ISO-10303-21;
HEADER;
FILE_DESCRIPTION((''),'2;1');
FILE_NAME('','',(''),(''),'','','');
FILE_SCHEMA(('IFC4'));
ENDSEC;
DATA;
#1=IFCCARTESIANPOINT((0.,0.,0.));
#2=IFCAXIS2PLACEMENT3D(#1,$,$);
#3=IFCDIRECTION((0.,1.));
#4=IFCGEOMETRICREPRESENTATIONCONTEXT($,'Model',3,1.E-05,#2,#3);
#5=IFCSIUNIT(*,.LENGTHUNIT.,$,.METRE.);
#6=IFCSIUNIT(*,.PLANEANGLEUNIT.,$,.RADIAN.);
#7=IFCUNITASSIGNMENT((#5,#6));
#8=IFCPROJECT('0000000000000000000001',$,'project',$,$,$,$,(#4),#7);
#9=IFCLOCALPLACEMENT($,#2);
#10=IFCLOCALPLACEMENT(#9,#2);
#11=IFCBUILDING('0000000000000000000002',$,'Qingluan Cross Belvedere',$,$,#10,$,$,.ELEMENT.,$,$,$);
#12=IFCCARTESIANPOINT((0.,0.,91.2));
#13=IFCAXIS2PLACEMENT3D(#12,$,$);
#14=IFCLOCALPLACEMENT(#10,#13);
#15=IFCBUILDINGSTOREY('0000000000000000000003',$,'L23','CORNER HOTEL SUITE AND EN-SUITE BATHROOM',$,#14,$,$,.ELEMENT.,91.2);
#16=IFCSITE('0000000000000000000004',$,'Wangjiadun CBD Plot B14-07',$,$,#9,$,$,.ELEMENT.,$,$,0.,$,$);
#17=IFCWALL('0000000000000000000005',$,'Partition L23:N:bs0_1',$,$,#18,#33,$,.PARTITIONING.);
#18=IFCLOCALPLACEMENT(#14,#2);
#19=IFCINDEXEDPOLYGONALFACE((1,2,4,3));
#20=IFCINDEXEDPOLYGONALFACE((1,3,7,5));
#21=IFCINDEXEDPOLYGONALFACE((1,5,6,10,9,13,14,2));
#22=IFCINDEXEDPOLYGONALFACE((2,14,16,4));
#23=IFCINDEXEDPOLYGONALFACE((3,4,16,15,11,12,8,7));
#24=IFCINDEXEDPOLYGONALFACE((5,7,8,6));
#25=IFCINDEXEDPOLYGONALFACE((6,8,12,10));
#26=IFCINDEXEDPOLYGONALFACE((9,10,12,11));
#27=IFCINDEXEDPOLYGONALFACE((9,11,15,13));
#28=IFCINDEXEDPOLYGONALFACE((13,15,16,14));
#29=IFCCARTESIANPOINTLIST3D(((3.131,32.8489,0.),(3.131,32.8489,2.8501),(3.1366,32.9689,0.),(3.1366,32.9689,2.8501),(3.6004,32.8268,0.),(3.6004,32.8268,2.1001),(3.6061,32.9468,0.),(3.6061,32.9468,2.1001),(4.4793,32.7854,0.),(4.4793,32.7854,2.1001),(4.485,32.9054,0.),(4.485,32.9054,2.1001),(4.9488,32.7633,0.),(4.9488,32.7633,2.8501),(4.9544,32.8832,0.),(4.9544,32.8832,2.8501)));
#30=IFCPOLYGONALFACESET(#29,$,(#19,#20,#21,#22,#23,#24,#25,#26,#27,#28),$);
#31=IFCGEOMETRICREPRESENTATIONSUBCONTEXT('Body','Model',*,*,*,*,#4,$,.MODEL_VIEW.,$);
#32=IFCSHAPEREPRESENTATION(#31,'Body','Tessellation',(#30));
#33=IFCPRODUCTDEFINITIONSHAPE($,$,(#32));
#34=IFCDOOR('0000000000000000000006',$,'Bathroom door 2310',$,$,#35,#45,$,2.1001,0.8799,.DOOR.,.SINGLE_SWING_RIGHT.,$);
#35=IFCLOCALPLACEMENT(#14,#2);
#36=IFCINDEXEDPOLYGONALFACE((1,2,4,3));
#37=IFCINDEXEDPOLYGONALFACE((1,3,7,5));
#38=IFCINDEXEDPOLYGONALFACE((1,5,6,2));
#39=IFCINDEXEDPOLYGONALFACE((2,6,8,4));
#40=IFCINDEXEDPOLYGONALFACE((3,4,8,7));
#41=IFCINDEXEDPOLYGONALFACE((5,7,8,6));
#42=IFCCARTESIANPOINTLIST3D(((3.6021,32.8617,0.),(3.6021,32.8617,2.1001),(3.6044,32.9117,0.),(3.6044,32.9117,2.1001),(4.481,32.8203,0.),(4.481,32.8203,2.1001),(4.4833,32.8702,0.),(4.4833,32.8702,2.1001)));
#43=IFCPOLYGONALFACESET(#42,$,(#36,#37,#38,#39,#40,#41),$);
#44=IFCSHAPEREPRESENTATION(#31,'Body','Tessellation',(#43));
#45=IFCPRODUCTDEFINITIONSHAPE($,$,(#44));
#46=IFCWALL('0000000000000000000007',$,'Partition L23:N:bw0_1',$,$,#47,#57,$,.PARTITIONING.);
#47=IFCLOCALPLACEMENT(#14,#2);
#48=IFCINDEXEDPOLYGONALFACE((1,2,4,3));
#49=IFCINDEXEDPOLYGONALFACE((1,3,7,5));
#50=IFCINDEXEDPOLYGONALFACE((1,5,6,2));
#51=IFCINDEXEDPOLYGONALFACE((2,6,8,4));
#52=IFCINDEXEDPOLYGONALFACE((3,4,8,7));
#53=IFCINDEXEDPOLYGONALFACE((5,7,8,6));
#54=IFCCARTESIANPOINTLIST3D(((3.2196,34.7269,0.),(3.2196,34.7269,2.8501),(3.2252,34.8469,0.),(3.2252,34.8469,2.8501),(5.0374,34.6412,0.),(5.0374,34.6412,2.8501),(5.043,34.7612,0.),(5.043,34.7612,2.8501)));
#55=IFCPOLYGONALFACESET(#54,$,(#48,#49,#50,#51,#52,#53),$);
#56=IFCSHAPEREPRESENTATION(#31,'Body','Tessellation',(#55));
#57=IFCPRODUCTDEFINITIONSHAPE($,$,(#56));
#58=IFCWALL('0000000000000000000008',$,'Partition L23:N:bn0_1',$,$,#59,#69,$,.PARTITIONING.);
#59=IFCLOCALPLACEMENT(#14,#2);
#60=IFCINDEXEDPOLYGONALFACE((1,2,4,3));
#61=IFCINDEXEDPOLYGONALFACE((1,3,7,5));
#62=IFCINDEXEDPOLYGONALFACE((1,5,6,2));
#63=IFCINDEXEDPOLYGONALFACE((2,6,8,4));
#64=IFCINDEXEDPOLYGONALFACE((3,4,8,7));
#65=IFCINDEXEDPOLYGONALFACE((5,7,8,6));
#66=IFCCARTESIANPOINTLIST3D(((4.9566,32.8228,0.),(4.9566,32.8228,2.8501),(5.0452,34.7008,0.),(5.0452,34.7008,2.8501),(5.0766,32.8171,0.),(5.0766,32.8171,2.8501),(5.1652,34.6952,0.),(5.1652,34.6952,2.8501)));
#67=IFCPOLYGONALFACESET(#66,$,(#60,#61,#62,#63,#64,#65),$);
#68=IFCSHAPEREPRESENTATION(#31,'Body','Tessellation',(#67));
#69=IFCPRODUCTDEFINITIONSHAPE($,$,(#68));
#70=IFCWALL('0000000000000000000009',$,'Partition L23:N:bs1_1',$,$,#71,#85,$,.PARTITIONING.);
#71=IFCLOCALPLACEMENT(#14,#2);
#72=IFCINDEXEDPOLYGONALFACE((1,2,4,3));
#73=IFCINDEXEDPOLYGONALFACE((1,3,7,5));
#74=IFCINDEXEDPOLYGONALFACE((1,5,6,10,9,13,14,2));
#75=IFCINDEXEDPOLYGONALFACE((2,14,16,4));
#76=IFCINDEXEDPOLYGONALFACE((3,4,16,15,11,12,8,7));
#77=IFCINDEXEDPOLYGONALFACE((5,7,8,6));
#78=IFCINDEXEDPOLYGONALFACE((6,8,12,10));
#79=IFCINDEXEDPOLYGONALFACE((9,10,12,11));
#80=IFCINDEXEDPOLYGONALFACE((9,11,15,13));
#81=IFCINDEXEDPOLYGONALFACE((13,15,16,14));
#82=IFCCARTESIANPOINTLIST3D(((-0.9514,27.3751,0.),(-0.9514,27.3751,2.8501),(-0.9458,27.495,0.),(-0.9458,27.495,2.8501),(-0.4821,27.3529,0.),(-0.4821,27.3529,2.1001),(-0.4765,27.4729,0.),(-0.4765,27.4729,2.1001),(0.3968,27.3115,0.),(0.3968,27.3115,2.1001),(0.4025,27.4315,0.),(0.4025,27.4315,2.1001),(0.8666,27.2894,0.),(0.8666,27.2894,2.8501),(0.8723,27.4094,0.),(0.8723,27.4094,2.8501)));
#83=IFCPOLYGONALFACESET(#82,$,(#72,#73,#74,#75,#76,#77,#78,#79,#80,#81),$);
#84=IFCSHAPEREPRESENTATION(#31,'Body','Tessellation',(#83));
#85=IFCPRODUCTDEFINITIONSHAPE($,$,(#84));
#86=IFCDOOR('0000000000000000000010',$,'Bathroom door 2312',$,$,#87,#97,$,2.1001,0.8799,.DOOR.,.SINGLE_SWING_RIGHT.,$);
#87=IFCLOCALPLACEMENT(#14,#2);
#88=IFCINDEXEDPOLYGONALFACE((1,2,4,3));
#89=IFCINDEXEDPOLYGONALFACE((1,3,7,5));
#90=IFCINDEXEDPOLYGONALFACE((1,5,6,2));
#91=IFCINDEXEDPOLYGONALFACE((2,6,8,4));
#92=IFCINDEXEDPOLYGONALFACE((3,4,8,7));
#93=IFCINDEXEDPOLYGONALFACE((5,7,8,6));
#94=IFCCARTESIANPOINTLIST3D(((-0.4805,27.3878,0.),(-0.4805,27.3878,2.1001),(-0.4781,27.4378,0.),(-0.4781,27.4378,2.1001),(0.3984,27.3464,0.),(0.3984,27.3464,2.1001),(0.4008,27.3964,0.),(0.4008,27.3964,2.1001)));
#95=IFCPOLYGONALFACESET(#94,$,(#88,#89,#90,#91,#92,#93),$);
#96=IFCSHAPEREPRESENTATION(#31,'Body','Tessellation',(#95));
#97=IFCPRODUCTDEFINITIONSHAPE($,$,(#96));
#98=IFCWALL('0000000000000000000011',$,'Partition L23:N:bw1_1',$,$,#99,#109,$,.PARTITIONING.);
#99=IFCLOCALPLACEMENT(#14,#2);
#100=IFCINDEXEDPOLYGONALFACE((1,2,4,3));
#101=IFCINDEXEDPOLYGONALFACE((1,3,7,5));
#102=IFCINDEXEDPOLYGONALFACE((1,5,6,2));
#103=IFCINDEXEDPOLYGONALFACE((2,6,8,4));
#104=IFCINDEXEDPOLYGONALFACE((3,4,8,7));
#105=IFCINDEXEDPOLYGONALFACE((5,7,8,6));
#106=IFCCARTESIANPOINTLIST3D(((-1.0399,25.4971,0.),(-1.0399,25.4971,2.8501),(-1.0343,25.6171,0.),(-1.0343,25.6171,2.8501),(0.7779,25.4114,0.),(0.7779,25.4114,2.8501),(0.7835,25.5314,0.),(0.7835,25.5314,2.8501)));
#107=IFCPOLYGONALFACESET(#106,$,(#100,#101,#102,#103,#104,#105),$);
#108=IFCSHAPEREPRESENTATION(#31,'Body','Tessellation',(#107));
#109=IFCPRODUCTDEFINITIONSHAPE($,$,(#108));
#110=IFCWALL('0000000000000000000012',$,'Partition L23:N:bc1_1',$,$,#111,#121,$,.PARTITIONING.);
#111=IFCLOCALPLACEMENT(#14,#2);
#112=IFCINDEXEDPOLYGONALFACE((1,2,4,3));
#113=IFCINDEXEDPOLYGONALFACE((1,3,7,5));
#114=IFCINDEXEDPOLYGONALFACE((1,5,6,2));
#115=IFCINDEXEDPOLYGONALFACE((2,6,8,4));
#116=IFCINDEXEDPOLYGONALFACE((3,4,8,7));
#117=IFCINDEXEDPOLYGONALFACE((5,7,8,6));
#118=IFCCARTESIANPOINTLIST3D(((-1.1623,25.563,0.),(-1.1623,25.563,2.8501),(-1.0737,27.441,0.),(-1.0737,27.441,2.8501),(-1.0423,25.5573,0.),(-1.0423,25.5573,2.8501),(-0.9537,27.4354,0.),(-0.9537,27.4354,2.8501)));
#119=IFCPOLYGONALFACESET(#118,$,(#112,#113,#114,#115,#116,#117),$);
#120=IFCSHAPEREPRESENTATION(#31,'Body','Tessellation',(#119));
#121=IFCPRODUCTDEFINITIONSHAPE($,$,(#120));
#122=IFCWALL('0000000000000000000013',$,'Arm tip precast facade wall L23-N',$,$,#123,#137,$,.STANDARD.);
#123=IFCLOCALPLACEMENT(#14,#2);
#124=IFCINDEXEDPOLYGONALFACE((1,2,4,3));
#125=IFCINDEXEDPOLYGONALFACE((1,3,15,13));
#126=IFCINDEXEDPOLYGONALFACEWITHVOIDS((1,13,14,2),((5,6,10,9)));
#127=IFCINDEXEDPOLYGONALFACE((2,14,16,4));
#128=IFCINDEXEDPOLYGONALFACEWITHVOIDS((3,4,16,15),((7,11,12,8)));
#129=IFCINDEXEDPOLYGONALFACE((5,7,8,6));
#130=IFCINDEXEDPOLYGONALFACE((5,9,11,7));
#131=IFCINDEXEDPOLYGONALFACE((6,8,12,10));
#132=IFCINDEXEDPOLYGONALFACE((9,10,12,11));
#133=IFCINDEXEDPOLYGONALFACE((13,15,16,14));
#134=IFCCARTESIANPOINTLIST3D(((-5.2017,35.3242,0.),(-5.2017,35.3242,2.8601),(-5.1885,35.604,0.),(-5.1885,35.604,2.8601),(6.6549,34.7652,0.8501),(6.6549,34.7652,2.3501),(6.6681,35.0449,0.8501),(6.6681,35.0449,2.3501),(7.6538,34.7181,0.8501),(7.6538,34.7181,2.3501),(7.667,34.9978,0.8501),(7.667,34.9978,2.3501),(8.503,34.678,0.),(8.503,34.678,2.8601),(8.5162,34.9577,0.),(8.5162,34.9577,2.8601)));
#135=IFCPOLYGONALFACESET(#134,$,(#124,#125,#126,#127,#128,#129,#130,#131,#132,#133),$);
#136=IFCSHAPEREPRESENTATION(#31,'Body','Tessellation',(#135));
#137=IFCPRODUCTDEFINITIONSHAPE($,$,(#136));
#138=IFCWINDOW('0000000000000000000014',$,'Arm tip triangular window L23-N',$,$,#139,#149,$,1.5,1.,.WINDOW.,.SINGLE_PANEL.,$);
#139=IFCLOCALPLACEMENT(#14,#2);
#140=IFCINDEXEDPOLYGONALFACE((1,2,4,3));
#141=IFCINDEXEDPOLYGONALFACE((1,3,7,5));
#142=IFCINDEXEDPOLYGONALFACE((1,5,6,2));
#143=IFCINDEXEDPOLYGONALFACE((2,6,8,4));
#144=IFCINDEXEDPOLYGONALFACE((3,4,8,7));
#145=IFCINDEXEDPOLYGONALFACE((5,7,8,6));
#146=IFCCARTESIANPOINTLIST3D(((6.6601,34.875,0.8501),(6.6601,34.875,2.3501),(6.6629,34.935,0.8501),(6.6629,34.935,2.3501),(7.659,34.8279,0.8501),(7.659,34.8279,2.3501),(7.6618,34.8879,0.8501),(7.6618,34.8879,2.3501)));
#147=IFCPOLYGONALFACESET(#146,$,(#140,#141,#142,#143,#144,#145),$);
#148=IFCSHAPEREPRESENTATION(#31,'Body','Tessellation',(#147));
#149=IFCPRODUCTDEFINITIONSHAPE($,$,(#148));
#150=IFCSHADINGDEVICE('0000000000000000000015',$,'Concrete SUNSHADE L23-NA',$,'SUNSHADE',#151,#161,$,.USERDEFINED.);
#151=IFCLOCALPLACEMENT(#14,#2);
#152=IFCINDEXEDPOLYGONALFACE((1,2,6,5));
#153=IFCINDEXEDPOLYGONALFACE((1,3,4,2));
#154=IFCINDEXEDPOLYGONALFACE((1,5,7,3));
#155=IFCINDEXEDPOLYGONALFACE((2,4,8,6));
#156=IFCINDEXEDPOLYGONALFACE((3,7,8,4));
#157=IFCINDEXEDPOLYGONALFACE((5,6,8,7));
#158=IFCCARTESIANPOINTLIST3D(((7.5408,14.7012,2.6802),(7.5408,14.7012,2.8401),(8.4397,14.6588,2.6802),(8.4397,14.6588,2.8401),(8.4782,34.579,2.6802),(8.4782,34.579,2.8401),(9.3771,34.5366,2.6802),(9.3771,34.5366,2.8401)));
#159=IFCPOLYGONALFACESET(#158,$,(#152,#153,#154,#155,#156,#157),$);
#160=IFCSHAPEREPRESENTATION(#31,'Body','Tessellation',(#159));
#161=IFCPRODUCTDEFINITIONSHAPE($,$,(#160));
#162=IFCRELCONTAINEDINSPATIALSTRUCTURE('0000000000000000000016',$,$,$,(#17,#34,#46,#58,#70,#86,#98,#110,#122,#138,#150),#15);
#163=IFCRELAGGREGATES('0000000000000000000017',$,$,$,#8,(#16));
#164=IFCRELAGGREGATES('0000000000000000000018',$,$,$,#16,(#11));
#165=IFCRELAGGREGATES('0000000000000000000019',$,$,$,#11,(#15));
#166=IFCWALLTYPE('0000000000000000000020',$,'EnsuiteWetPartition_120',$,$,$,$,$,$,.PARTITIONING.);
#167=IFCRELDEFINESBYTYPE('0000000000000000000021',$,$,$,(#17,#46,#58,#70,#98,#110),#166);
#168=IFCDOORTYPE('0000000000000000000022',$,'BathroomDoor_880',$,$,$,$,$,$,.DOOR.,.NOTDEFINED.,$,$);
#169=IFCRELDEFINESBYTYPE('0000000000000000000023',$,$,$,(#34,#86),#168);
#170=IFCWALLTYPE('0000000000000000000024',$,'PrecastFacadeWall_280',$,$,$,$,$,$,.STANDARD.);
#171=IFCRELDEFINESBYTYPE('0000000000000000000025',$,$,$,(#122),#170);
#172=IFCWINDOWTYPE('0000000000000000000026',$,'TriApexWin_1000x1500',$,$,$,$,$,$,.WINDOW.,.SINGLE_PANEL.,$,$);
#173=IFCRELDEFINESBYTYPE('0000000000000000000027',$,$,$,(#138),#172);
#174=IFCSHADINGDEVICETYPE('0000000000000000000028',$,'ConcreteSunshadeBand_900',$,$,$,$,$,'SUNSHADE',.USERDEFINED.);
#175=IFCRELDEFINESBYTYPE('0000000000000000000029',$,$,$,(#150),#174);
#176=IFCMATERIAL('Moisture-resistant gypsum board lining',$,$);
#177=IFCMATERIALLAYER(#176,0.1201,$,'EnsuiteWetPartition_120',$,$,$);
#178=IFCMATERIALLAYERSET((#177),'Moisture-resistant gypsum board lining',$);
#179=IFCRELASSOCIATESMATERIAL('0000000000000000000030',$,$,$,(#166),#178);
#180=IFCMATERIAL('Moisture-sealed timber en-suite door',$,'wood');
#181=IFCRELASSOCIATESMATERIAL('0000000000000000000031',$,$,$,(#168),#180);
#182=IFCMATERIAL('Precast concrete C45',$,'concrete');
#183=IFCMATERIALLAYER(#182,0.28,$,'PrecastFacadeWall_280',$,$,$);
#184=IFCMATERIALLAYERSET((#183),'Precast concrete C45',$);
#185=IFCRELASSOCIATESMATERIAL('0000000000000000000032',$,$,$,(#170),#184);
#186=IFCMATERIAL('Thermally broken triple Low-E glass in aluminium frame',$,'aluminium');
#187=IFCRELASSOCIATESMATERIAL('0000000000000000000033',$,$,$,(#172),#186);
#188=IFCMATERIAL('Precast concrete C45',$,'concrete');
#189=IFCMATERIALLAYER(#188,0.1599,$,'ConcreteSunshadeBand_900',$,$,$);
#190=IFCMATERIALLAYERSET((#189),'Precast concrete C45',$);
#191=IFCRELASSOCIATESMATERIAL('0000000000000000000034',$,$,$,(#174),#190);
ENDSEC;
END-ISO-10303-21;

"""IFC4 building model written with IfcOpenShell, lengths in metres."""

from ifc_helpers import new_model, si_unit, direction, frame, frame_2d, origin, origin_2d, place, context, subcontext, project, spatial, rectangle, extrude, material, layer, layer_set, type_object, element, fill, save


model = new_model("IFC4")

# Units and contexts
model_context = context("Model", 3, precision=1e-05, world=origin(), true_north=direction((0.0, 1.0)))
body_context = subcontext(model_context, "Body", "Model", "MODEL_VIEW")
ifc_project = project(units=[si_unit("LENGTHUNIT", "METRE"), si_unit("PLANEANGLEUNIT", "RADIAN")], contexts=[model_context])

# Site, building, storey
site_placement = place(None, origin())
site = spatial("IfcSite", under=ifc_project, at=site_placement, Name="Wangjiadun CBD Plot B14-07", CompositionType="ELEMENT", RefElevation=0.0)
building_placement = place(site_placement, origin())
building = spatial("IfcBuilding", under=site, at=building_placement, Name="Qingluan Cross Belvedere", CompositionType="ELEMENT")
storey_placement = place(building_placement, frame((0.0, 0.0, 91.2)))
storey = spatial("IfcBuildingStorey", under=building, at=storey_placement, Name="L23", Description="CORNER HOTEL SUITE AND EN-SUITE BATHROOM", CompositionType="ELEMENT", Elevation=91.2)

# Shared definitions
ifc_material_1 = material(Name="Moisture-resistant gypsum board lining")
ifc_layer_1 = layer(ifc_material_1, 0.1201, Name="EnsuiteWetPartition_120")
ifc_layer_set_1 = layer_set([ifc_layer_1], Name="Moisture-resistant gypsum board lining")
wall_type_1 = type_object("IfcWallType", Name="EnsuiteWetPartition_120", PredefinedType="PARTITIONING", material=ifc_layer_set_1)
ifc_material_2 = material(Name="Moisture-sealed timber en-suite door", Category="wood")
door_type_1 = type_object("IfcDoorType", Name="BathroomDoor_880", OperationType="NOTDEFINED", PredefinedType="DOOR", material=ifc_material_2)

# Wall, opening, door
wall_1_placement = place(storey_placement, frame((3.1338, 32.9089, 0.0), z_axis=(0.0, 0.0, 1.0), x_axis=(0.998891, -0.047087, 0.0)))
wall_1 = element("IfcWall", 1, at=wall_1_placement, inside=storey, type_object=wall_type_1, Name="Partition L23:N:bs0_1", PredefinedType="PARTITIONING", context=body_context, shape_type="SweptSolid", body=[
    extrude(rectangle(XDim=1.8198, YDim=0.1201, at=frame_2d((0.9099, 0.0))), origin(), (0.0, 0.0, 1.0), 2.8501),
])
opening_1_placement = place(wall_1_placement, frame((0.47, 0.0, 0.0)))
opening_1 = element("IfcOpeningElement", 2, at=opening_1_placement, cuts=wall_1, PredefinedType="OPENING", context=body_context, shape_type="SweptSolid", body=[
    extrude(rectangle(XDim=0.8799, YDim=2.1001, at=frame_2d((0.4399, 1.05))), frame((0.0, 0.0701, 0.0), z_axis=(0.0, -1.0, 0.0), x_axis=(1.0, 0.0, 0.0)), (0.0, 0.0, 1.0), 0.1401),
])
door_1_placement = place(opening_1_placement, origin())
door_1 = element("IfcDoor", 3, at=door_1_placement, inside=storey, type_object=door_type_1, Name="Bathroom door 2310", OperationType="SINGLE_SWING_RIGHT", OverallHeight=2.1001, OverallWidth=0.8799, PredefinedType="DOOR", context=body_context, shape_type="SweptSolid", body=[
    extrude(rectangle(XDim=0.8799, YDim=2.1001, at=frame_2d((0.4399, 1.05))), frame((0.0, 0.0249, 0.0), z_axis=(0.0, -1.0, 0.0), x_axis=(1.0, 0.0, 0.0)), (0.0, 0.0, 1.0), 0.05),
])
fill(opening_1, door_1)

# Walls
wall_2_placement = place(storey_placement, frame((3.2224, 34.7869, 0.0), z_axis=(0.0, 0.0, 1.0), x_axis=(0.998891, -0.047087, 0.0)))
element("IfcWall", 4, at=wall_2_placement, inside=storey, type_object=wall_type_1, Name="Partition L23:N:bw0_1", PredefinedType="PARTITIONING", context=body_context, shape_type="SweptSolid", body=[
    extrude(rectangle(XDim=1.8198, YDim=0.1201, at=frame_2d((0.9099, 0.0))), origin(), (0.0, 0.0, 1.0), 2.8501),
])
wall_3_placement = place(storey_placement, frame((5.0166, 32.8201, 0.0), z_axis=(0.0, 0.0, 1.0), x_axis=(0.047139, 0.998888, 0.0)))
element("IfcWall", 5, at=wall_3_placement, inside=storey, type_object=wall_type_1, Name="Partition L23:N:bn0_1", PredefinedType="PARTITIONING", context=body_context, shape_type="SweptSolid", body=[
    extrude(rectangle(XDim=1.8801, YDim=0.1201, at=frame_2d((0.9399, 0.0))), origin(), (0.0, 0.0, 1.0), 2.8501),
])

# Wall, opening, door
wall_4_placement = place(storey_placement, frame((-0.9487, 27.4351, 0.0), z_axis=(0.0, 0.0, 1.0), x_axis=(0.998891, -0.047081, 0.0)))
wall_4 = element("IfcWall", 6, at=wall_4_placement, inside=storey, type_object=wall_type_1, Name="Partition L23:N:bs1_1", PredefinedType="PARTITIONING", context=body_context, shape_type="SweptSolid", body=[
    extrude(rectangle(XDim=1.8201, YDim=0.1201, at=frame_2d((0.9102, 0.0))), origin(), (0.0, 0.0, 1.0), 2.8501),
])
opening_2_placement = place(wall_4_placement, frame((0.47, 0.0, 0.0)))
opening_2 = element("IfcOpeningElement", 7, at=opening_2_placement, cuts=wall_4, PredefinedType="OPENING", context=body_context, shape_type="SweptSolid", body=[
    extrude(rectangle(XDim=0.8799, YDim=2.1001, at=frame_2d((0.4399, 1.05))), frame((0.0, 0.0701, 0.0), z_axis=(0.0, -1.0, 0.0), x_axis=(1.0, 0.0, 0.0)), (0.0, 0.0, 1.0), 0.1401),
])
door_2_placement = place(opening_2_placement, origin())
door_2 = element("IfcDoor", 8, at=door_2_placement, inside=storey, type_object=door_type_1, Name="Bathroom door 2312", OperationType="SINGLE_SWING_RIGHT", OverallHeight=2.1001, OverallWidth=0.8799, PredefinedType="DOOR", context=body_context, shape_type="SweptSolid", body=[
    extrude(rectangle(XDim=0.8799, YDim=2.1001, at=frame_2d((0.4399, 1.05))), frame((0.0, 0.0249, 0.0), z_axis=(0.0, -1.0, 0.0), x_axis=(1.0, 0.0, 0.0)), (0.0, 0.0, 1.0), 0.05),
])
fill(opening_2, door_2)

# Walls
wall_5_placement = place(storey_placement, frame((-1.0371, 25.5571, 0.0), z_axis=(0.0, 0.0, 1.0), x_axis=(0.998891, -0.047087, 0.0)))
element("IfcWall", 9, at=wall_5_placement, inside=storey, type_object=wall_type_1, Name="Partition L23:N:bw1_1", PredefinedType="PARTITIONING", context=body_context, shape_type="SweptSolid", body=[
    extrude(rectangle(XDim=1.8198, YDim=0.1201, at=frame_2d((0.9099, 0.0))), origin(), (0.0, 0.0, 1.0), 2.8501),
])
wall_6_placement = place(storey_placement, frame((-1.1023, 25.5603, 0.0), z_axis=(0.0, 0.0, 1.0), x_axis=(0.047139, 0.998888, 0.0)))
element("IfcWall", 10, at=wall_6_placement, inside=storey, type_object=wall_type_1, Name="Partition L23:N:bc1_1", PredefinedType="PARTITIONING", context=body_context, shape_type="SweptSolid", body=[
    extrude(rectangle(XDim=1.8801, YDim=0.1201, at=frame_2d((0.9399, 0.0))), origin(), (0.0, 0.0, 1.0), 2.8501),
])

# Wall, opening, window
ifc_material_3 = material(Name="Precast concrete C45", Category="concrete")
ifc_layer_2 = layer(ifc_material_3, 0.28, Name="PrecastFacadeWall_280")
ifc_layer_set_2 = layer_set([ifc_layer_2], Name="Precast concrete C45")
wall_type_2 = type_object("IfcWallType", Name="PrecastFacadeWall_280", PredefinedType="STANDARD", material=ifc_layer_set_2)
wall_7_placement = place(storey_placement, frame((8.5095, 34.8179, 0.0), z_axis=(0.0, 0.0, 1.0), x_axis=(-0.99889, 0.047102, 0.0)))
wall_7 = element("IfcWall", 11, at=wall_7_placement, inside=storey, type_object=wall_type_2, Name="Arm tip precast facade wall L23-N", PredefinedType="STANDARD", context=body_context, shape_type="SweptSolid", body=[
    extrude(rectangle(XDim=13.72, YDim=0.28, at=frame_2d((6.8599, 0.0))), origin(), (0.0, 0.0, 1.0), 2.8601),
])
opening_3_placement = place(wall_7_placement, frame((0.8501, 0.0, 0.8501)))
opening_3 = element("IfcOpeningElement", 12, at=opening_3_placement, cuts=wall_7, PredefinedType="OPENING", context=body_context, shape_type="SweptSolid", body=[
    extrude(rectangle(XDim=1.0, YDim=1.5, at=frame_2d((0.5, 0.75))), frame((0.0, 0.1499, 0.0), z_axis=(0.0, -1.0, 0.0), x_axis=(1.0, 0.0, 0.0)), (0.0, 0.0, 1.0), 0.3),
])
ifc_material_4 = material(Name="Thermally broken triple Low-E glass in aluminium frame", Category="aluminium")
window_type = type_object("IfcWindowType", Name="TriApexWin_1000x1500", PartitioningType="SINGLE_PANEL", PredefinedType="WINDOW", material=ifc_material_4)
window_placement = place(opening_3_placement, origin())
window = element("IfcWindow", 13, at=window_placement, inside=storey, type_object=window_type, Name="Arm tip triangular window L23-N", OverallHeight=1.5, OverallWidth=1.0, PartitioningType="SINGLE_PANEL", PredefinedType="WINDOW", context=body_context, shape_type="SweptSolid", body=[
    extrude(rectangle(XDim=1.0, YDim=1.5, at=frame_2d((0.5, 0.75))), frame((0.0, 0.03, 0.0), z_axis=(0.0, -1.0, 0.0), x_axis=(1.0, 0.0, 0.0)), (0.0, 0.0, 1.0), 0.0601),
])
fill(opening_3, window)

# Shading device
ifc_material_5 = material(Name="Precast concrete C45", Category="concrete")
ifc_layer_3 = layer(ifc_material_5, 0.1599, Name="ConcreteSunshadeBand_900")
ifc_layer_set_3 = layer_set([ifc_layer_3], Name="Precast concrete C45")
shading_device_type = type_object("IfcShadingDeviceType", Name="ConcreteSunshadeBand_900", ElementType="SUNSHADE", PredefinedType="USERDEFINED", material=ifc_layer_set_3)
shading_device_placement = place(storey_placement, frame((8.459, 24.6189, 2.6802), z_axis=(0.0, 0.0, 1.0), x_axis=(0.047105, 0.99889, 0.0)))
element("IfcShadingDevice", 14, at=shading_device_placement, inside=storey, type_object=shading_device_type, Name="Concrete SUNSHADE L23-NA", ObjectType="SUNSHADE", PredefinedType="USERDEFINED", context=body_context, shape_type="SweptSolid", body=[
    extrude(rectangle(XDim=19.8999, YDim=0.8999, at=origin_2d()), origin(), (0.0, 0.0, 1.0), 0.1599),
])

save(model, "model.ifc")
